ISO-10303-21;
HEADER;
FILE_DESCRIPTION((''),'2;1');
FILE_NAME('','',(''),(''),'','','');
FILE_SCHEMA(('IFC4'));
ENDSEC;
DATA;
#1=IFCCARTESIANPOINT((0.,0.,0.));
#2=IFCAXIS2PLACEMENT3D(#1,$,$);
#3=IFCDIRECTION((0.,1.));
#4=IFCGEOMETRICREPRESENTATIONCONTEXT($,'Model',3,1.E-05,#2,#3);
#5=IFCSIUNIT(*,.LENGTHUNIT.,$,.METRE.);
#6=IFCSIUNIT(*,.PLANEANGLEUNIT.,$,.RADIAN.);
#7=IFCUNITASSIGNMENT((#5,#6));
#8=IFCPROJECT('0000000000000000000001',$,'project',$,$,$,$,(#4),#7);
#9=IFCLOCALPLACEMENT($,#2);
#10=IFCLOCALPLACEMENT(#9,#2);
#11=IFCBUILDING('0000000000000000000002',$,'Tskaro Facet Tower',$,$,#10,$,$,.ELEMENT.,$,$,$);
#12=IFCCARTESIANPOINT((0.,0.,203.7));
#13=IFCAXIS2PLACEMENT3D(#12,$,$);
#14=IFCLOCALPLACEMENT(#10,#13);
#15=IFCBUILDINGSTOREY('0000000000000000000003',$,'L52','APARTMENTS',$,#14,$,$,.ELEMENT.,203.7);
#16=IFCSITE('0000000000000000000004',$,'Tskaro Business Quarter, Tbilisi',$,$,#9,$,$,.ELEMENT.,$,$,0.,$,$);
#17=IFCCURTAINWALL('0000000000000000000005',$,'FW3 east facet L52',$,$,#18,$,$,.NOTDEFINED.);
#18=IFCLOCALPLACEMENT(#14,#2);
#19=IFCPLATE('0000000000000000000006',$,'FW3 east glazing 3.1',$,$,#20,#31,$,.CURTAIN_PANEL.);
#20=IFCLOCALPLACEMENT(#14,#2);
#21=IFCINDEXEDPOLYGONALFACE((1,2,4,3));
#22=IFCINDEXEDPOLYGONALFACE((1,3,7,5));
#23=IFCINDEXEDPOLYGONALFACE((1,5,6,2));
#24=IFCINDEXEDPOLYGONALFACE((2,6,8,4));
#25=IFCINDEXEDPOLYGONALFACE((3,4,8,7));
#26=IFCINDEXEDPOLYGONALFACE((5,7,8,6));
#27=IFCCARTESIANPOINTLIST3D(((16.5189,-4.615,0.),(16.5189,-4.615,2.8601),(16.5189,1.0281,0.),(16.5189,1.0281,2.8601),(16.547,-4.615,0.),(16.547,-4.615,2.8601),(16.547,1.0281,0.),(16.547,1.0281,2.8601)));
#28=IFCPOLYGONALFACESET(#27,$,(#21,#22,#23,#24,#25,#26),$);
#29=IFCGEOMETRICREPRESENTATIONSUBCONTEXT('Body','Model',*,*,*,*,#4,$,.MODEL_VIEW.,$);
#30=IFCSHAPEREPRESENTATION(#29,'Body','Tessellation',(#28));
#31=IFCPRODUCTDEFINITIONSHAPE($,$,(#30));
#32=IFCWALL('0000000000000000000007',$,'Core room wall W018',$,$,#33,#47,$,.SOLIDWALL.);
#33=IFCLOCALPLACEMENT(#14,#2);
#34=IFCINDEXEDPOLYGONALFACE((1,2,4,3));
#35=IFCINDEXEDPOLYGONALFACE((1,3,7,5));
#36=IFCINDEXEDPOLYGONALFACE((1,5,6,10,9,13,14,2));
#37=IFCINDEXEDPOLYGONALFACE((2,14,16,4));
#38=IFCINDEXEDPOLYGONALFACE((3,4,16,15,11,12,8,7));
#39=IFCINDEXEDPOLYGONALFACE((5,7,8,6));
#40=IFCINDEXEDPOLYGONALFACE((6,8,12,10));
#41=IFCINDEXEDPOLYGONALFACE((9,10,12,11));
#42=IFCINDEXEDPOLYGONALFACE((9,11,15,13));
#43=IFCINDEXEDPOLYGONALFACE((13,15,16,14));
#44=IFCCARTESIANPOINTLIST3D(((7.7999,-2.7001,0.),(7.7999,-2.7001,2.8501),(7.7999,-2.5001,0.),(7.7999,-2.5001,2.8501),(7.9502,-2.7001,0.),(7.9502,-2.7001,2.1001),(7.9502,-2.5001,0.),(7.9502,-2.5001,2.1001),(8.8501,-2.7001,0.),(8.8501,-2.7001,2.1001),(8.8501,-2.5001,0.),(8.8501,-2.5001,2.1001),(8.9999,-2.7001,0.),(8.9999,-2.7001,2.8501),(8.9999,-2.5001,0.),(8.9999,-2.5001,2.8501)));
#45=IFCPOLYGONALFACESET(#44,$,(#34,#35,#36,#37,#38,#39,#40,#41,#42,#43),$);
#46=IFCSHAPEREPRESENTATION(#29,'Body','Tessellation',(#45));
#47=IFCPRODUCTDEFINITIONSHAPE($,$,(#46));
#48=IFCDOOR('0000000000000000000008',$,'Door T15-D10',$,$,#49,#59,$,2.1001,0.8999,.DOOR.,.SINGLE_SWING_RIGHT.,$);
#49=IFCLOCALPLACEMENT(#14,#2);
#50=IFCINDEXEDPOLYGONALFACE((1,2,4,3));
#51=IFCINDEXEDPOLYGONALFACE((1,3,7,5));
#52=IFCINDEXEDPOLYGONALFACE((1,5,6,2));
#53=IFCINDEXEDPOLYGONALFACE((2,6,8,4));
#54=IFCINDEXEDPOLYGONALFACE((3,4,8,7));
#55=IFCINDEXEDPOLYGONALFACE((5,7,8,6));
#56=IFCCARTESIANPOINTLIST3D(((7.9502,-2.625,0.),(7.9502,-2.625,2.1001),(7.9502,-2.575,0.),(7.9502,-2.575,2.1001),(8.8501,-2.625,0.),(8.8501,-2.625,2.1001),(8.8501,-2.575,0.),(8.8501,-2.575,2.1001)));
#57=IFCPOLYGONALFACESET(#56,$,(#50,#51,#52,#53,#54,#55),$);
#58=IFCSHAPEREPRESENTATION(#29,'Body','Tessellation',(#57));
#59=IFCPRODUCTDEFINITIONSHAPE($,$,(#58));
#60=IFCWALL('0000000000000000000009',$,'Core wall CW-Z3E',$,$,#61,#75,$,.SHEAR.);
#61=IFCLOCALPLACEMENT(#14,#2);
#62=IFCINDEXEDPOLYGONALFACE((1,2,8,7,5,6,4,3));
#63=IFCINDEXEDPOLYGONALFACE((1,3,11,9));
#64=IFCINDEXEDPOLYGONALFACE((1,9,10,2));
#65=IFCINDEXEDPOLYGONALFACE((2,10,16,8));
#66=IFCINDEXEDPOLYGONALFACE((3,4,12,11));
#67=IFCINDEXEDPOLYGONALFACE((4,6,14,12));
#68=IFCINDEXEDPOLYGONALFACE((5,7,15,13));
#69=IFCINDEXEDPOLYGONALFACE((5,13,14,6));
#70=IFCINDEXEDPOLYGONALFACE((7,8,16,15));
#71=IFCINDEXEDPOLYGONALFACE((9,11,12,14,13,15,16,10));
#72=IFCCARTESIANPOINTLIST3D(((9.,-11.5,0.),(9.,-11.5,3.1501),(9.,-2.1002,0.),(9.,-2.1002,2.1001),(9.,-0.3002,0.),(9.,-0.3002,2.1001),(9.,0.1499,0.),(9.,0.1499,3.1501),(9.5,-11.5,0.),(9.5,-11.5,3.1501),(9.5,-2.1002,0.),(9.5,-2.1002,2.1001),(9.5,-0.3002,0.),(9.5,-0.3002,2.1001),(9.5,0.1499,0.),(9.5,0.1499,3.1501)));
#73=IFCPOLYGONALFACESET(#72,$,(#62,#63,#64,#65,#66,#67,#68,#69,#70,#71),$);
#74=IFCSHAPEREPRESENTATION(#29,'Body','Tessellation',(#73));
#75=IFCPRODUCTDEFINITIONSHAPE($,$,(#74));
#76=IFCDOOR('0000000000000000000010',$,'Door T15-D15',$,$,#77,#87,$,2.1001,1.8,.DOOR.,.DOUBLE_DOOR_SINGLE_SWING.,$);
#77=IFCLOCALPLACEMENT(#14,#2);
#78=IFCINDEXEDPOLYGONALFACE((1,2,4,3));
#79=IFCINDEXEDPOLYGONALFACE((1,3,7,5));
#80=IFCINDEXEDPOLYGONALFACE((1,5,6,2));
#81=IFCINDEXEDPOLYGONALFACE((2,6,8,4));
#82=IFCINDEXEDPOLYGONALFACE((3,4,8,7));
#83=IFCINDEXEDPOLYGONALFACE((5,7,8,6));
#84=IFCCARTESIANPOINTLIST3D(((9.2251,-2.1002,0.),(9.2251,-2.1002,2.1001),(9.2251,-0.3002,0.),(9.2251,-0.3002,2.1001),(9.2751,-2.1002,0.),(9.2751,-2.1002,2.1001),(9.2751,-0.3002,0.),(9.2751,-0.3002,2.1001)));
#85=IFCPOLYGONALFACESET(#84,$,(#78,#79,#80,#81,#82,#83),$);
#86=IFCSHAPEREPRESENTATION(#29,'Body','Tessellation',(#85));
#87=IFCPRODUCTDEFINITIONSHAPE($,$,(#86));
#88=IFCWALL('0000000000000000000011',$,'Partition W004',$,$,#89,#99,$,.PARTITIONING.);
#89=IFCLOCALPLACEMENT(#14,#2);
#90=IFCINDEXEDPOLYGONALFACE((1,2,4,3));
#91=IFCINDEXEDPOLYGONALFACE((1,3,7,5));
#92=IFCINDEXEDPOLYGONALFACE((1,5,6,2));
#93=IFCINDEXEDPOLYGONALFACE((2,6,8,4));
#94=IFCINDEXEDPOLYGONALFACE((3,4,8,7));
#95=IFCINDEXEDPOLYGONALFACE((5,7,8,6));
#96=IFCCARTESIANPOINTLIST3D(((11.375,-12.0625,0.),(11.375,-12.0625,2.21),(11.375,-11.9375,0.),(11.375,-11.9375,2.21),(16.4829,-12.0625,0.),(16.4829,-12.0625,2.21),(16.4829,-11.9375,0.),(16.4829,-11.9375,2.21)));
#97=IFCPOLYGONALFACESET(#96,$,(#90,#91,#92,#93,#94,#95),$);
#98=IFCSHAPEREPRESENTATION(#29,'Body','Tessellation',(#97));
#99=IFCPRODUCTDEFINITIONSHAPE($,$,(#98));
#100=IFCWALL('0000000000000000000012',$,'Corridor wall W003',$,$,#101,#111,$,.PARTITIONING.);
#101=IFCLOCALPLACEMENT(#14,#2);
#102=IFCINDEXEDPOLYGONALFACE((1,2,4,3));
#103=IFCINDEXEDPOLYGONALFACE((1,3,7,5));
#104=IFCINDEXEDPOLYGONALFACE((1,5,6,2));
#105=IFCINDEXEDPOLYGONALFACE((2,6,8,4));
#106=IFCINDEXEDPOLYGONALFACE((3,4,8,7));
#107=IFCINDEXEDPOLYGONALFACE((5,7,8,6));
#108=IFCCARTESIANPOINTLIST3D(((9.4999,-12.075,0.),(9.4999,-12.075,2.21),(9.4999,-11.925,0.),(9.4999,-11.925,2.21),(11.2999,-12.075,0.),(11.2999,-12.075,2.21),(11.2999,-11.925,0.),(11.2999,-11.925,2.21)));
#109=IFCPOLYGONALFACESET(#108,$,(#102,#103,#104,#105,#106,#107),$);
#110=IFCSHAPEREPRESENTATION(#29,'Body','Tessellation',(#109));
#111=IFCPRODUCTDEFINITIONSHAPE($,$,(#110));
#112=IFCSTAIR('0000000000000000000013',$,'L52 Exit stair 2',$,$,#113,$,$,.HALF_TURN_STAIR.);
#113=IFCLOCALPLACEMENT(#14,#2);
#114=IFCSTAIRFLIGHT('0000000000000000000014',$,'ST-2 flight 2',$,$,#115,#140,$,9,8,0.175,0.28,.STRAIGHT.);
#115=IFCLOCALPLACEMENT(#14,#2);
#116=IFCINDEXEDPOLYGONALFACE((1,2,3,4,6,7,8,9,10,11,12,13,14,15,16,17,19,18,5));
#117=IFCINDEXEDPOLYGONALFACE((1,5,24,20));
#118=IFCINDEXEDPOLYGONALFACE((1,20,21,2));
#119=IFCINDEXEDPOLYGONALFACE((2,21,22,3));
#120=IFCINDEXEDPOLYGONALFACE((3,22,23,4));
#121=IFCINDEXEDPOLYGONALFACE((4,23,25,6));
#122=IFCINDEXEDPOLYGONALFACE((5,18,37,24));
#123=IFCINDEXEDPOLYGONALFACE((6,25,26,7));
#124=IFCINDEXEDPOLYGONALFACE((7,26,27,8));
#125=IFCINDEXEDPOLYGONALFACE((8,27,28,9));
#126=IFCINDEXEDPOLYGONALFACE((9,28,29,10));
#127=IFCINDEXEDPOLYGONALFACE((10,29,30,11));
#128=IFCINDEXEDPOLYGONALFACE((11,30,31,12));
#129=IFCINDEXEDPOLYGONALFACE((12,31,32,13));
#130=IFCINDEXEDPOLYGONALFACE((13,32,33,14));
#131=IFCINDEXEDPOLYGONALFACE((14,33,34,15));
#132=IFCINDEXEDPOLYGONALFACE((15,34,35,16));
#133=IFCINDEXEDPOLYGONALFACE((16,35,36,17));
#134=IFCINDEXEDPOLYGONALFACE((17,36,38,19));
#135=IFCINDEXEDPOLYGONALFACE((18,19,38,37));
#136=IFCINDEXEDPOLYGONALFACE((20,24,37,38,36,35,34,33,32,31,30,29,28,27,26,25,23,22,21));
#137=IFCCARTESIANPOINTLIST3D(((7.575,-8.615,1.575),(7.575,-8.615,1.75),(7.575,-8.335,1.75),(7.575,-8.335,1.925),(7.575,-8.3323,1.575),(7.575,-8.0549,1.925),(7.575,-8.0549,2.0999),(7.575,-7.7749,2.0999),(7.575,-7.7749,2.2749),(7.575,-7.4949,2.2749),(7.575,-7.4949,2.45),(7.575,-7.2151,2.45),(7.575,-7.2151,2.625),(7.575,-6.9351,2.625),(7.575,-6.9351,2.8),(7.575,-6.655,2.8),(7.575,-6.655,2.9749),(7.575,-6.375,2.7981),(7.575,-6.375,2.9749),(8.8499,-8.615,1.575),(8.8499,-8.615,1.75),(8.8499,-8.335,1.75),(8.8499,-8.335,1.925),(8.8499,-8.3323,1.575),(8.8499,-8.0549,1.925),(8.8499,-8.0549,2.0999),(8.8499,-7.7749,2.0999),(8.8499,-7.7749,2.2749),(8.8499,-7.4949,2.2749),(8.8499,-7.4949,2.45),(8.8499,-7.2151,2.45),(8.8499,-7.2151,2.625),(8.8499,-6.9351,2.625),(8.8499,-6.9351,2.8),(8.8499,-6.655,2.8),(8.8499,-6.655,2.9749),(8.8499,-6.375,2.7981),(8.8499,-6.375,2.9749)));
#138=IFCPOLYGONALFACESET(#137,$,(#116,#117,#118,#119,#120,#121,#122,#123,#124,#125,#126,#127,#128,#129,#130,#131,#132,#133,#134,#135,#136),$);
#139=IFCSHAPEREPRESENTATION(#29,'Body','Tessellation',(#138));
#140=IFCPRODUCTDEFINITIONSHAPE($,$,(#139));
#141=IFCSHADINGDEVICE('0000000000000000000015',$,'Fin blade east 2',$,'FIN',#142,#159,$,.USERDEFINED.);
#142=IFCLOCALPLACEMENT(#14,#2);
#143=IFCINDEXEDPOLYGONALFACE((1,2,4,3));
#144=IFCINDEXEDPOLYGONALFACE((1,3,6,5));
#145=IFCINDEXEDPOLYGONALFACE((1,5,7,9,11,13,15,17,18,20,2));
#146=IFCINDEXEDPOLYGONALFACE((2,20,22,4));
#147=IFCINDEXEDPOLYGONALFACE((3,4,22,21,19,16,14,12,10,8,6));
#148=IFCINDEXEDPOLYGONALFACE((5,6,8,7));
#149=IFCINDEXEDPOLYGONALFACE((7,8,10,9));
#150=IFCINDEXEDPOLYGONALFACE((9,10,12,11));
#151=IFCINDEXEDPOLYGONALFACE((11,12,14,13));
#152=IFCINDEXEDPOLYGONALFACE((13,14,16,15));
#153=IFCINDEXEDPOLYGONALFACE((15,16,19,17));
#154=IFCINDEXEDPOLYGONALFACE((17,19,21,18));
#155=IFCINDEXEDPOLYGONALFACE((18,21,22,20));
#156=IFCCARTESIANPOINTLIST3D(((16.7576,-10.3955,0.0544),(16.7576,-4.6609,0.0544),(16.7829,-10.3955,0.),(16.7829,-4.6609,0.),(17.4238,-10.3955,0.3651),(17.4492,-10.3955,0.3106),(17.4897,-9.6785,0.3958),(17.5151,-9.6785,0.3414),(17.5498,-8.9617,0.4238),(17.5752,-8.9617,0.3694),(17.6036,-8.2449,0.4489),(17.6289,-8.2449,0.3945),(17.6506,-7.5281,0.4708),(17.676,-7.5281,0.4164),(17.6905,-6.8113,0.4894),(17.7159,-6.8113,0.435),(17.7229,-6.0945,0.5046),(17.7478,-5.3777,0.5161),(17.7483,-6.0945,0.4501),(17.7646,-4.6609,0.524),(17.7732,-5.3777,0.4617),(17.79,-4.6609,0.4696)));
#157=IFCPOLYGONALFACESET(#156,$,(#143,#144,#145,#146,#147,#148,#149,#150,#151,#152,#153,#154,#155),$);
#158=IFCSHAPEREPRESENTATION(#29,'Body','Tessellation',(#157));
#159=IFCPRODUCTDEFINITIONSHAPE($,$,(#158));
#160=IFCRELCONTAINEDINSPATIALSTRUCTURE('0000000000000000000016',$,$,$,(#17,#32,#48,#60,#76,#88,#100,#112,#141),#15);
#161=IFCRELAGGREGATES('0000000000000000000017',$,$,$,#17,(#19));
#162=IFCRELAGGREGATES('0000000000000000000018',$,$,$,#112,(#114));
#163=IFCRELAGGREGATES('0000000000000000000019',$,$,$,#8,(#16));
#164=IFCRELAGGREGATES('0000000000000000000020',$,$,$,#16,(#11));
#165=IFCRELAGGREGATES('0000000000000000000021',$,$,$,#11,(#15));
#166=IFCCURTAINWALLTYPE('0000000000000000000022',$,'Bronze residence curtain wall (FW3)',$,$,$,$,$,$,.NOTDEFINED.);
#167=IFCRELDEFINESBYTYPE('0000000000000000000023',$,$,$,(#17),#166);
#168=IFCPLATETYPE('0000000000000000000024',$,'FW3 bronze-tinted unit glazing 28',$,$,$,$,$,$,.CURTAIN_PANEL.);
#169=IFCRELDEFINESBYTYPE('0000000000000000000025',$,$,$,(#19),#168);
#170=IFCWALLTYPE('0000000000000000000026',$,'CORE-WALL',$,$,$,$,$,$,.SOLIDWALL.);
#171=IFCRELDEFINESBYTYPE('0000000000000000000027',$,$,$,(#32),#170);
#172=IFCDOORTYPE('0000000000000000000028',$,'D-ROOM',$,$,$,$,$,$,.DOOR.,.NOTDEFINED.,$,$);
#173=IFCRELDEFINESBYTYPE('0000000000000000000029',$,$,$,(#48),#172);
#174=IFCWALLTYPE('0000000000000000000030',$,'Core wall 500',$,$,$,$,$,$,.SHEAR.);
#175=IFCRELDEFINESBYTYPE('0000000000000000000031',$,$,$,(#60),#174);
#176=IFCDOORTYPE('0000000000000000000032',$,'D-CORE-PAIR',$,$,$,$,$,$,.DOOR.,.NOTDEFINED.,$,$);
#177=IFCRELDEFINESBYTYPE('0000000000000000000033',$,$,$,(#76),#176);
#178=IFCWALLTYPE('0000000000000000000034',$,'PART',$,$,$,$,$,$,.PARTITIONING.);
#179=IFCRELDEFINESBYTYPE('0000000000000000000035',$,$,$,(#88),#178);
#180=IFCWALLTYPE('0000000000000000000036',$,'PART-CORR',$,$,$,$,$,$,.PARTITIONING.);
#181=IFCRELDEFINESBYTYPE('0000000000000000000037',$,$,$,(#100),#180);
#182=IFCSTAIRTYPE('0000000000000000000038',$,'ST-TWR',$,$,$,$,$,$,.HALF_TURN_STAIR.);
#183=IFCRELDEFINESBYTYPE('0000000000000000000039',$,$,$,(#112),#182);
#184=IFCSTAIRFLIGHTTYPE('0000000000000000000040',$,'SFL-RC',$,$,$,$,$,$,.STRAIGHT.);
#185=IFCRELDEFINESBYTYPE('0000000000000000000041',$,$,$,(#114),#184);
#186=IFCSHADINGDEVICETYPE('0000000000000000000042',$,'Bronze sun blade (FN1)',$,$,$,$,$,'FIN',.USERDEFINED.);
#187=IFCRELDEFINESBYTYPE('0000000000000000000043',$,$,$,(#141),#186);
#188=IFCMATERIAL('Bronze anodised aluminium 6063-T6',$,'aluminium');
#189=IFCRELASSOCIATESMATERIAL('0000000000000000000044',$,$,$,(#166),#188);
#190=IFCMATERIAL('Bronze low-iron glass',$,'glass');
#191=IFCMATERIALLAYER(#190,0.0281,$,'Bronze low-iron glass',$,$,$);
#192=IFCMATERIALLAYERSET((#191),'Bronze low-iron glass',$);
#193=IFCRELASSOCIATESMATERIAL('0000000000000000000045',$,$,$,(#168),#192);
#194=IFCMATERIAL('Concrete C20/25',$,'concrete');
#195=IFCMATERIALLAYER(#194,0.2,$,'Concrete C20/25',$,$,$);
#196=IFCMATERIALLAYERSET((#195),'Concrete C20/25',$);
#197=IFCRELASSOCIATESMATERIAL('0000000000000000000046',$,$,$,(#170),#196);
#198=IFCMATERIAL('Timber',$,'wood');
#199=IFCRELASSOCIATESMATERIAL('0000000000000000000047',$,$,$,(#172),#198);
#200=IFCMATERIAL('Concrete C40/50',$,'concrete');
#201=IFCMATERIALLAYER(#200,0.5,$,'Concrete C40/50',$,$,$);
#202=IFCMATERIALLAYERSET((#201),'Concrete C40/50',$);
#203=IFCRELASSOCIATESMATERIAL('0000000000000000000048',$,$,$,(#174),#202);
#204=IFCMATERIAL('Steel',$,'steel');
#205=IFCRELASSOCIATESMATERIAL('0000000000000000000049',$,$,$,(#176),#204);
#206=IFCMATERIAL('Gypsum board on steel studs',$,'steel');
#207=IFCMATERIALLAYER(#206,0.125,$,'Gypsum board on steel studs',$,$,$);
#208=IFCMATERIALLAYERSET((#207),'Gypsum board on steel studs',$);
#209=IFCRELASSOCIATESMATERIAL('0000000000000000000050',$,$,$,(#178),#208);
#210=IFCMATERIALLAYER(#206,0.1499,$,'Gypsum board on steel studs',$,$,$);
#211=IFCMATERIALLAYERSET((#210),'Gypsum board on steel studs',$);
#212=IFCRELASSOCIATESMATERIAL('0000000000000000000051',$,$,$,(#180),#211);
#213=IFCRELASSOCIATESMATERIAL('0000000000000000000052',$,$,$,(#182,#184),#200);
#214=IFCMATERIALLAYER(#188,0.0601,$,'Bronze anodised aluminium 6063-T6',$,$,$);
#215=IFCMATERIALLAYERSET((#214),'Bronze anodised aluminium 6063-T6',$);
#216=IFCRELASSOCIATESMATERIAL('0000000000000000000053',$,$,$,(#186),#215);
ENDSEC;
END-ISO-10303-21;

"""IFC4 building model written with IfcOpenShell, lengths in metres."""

from ifc_helpers import new_model, si_unit, direction, frame, frame_2d, origin, origin_2d, place, context, subcontext, project, spatial, polyline, rectangle, outline, extrude, material, layer, layer_set, type_object, element, fill, aggregate, save


model = new_model("IFC4")

# Units and contexts
model_context = context("Model", 3, precision=1e-05, world=origin(), true_north=direction((0.0, 1.0)))
body_context = subcontext(model_context, "Body", "Model", "MODEL_VIEW")
ifc_project = project(units=[si_unit("LENGTHUNIT", "METRE"), si_unit("PLANEANGLEUNIT", "RADIAN")], contexts=[model_context])

# Site, building, storey
site_placement = place(None, origin())
site = spatial("IfcSite", under=ifc_project, at=site_placement, Name="Tskaro Business Quarter, Tbilisi", CompositionType="ELEMENT", RefElevation=0.0)
building_placement = place(site_placement, origin())
building = spatial("IfcBuilding", under=site, at=building_placement, Name="Tskaro Facet Tower", CompositionType="ELEMENT")
storey_placement = place(building_placement, frame((0.0, 0.0, 203.7)))
storey = spatial("IfcBuildingStorey", under=building, at=storey_placement, Name="L52", Description="APARTMENTS", CompositionType="ELEMENT", Elevation=203.7)

# Curtain wall
ifc_material_1 = material(Name="Bronze anodised aluminium 6063-T6", Category="aluminium")
curtain_wall_type = type_object("IfcCurtainWallType", Name="Bronze residence curtain wall (FW3)", PredefinedType="NOTDEFINED", material=ifc_material_1)
curtain_wall_placement = place(storey_placement, origin())
curtain_wall = element("IfcCurtainWall", 1, at=curtain_wall_placement, inside=storey, type_object=curtain_wall_type, Name="FW3 east facet L52", PredefinedType="NOTDEFINED")

# Plate
ifc_material_2 = material(Name="Bronze low-iron glass", Category="glass")
ifc_layer_1 = layer(ifc_material_2, 0.0281, Name="Bronze low-iron glass")
ifc_layer_set_1 = layer_set([ifc_layer_1], Name="Bronze low-iron glass")
plate_type = type_object("IfcPlateType", Name="FW3 bronze-tinted unit glazing 28", PredefinedType="CURTAIN_PANEL", material=ifc_layer_set_1)
plate_1_placement = place(storey_placement, frame((16.533, -1.7935, 0.0), z_axis=(0.0, 0.0, 1.0), x_axis=(0.0, 1.0, 0.0)))
plate_1 = element("IfcPlate", 2, at=plate_1_placement, type_object=plate_type, Name="FW3 east glazing 3.1", PredefinedType="CURTAIN_PANEL", context=body_context, shape_type="SweptSolid", body=[
    extrude(rectangle(XDim=5.6431, YDim=0.0281, at=origin_2d()), origin(), (0.0, 0.0, 1.0), 2.8601),
])
aggregate(curtain_wall, [plate_1])

# Walls, openings, doors
ifc_material_3 = material(Name="Concrete C20/25", Category="concrete")
ifc_layer_2 = layer(ifc_material_3, 0.2, Name="Concrete C20/25")
ifc_layer_set_2 = layer_set([ifc_layer_2], Name="Concrete C20/25")
wall_type_1 = type_object("IfcWallType", Name="CORE-WALL", PredefinedType="SOLIDWALL", material=ifc_layer_set_2)
wall_1_placement = place(storey_placement, frame((9.0, -2.6001, 0.0), z_axis=(0.0, 0.0, 1.0), x_axis=(-1.0, 0.0, 0.0)))
wall_1 = element("IfcWall", 3, at=wall_1_placement, inside=storey, type_object=wall_type_1, Name="Core room wall W018", PredefinedType="SOLIDWALL", context=body_context, shape_type="SweptSolid", body=[
    extrude(rectangle(XDim=1.2, YDim=0.2, at=frame_2d((0.6001, 0.0))), origin(), (0.0, 0.0, 1.0), 2.8501),
])
opening_1_placement = place(wall_1_placement, frame((0.1499, 0.0, 0.0)))
opening_1 = element("IfcOpeningElement", 4, at=opening_1_placement, cuts=wall_1, PredefinedType="OPENING", context=body_context, shape_type="SweptSolid", body=[
    extrude(rectangle(XDim=0.8999, YDim=2.1001, at=frame_2d((0.45, 1.05))), frame((0.0, 0.1099, 0.0), z_axis=(0.0, -1.0, 0.0), x_axis=(1.0, 0.0, 0.0)), (0.0, 0.0, 1.0), 0.22),
])
ifc_material_4 = material(Name="Timber", Category="wood")
door_type_1 = type_object("IfcDoorType", Name="D-ROOM", OperationType="NOTDEFINED", PredefinedType="DOOR", material=ifc_material_4)
door_1_placement = place(opening_1_placement, origin())
door_1 = element("IfcDoor", 5, at=door_1_placement, inside=storey, type_object=door_type_1, Name="Door T15-D10", OperationType="SINGLE_SWING_RIGHT", OverallHeight=2.1001, OverallWidth=0.8999, PredefinedType="DOOR", context=body_context, shape_type="SweptSolid", body=[
    extrude(rectangle(XDim=0.8999, YDim=2.1001, at=frame_2d((0.45, 1.05))), frame((0.0, 0.0249, 0.0), z_axis=(0.0, -1.0, 0.0), x_axis=(1.0, 0.0, 0.0)), (0.0, 0.0, 1.0), 0.05),
])
fill(opening_1, door_1)
ifc_material_5 = material(Name="Concrete C40/50", Category="concrete")
ifc_layer_3 = layer(ifc_material_5, 0.5, Name="Concrete C40/50")
ifc_layer_set_3 = layer_set([ifc_layer_3], Name="Concrete C40/50")
wall_type_2 = type_object("IfcWallType", Name="Core wall 500", PredefinedType="SHEAR", material=ifc_layer_set_3)
wall_2_placement = place(storey_placement, frame((9.25, -11.5, 0.0), z_axis=(0.0, 0.0, 1.0), x_axis=(0.0, 1.0, 0.0)))
wall_2 = element("IfcWall", 6, at=wall_2_placement, inside=storey, type_object=wall_type_2, Name="Core wall CW-Z3E", PredefinedType="SHEAR", context=body_context, shape_type="SweptSolid", body=[
    extrude(rectangle(XDim=11.6499, YDim=0.5, at=frame_2d((5.825, 0.0))), origin(), (0.0, 0.0, 1.0), 3.1501),
])
opening_2_placement = place(wall_2_placement, frame((9.3999, 0.0, 0.0)))
opening_2 = element("IfcOpeningElement", 7, at=opening_2_placement, cuts=wall_2, PredefinedType="OPENING", context=body_context, shape_type="SweptSolid", body=[
    extrude(rectangle(XDim=1.8, YDim=2.1001, at=frame_2d((0.8999, 1.05))), frame((0.0, 0.26, 0.0), z_axis=(0.0, -1.0, 0.0), x_axis=(1.0, 0.0, 0.0)), (0.0, 0.0, 1.0), 0.52),
])
ifc_material_6 = material(Name="Steel", Category="steel")
door_type_2 = type_object("IfcDoorType", Name="D-CORE-PAIR", OperationType="NOTDEFINED", PredefinedType="DOOR", material=ifc_material_6)
door_2_placement = place(opening_2_placement, origin())
door_2 = element("IfcDoor", 8, at=door_2_placement, inside=storey, type_object=door_type_2, Name="Door T15-D15", OperationType="DOUBLE_DOOR_SINGLE_SWING", OverallHeight=2.1001, OverallWidth=1.8, PredefinedType="DOOR", context=body_context, shape_type="SweptSolid", body=[
    extrude(rectangle(XDim=1.8, YDim=2.1001, at=frame_2d((0.8999, 1.05))), frame((0.0, 0.0249, 0.0), z_axis=(0.0, -1.0, 0.0), x_axis=(1.0, 0.0, 0.0)), (0.0, 0.0, 1.0), 0.05),
])
fill(opening_2, door_2)

# Walls
ifc_material_7 = material(Name="Gypsum board on steel studs", Category="steel")
ifc_layer_4 = layer(ifc_material_7, 0.125, Name="Gypsum board on steel studs")
ifc_layer_set_4 = layer_set([ifc_layer_4], Name="Gypsum board on steel studs")
wall_type_3 = type_object("IfcWallType", Name="PART", PredefinedType="PARTITIONING", material=ifc_layer_set_4)
wall_3_placement = place(storey_placement, frame((11.375, -12.0, 0.0), z_axis=(0.0, 0.0, 1.0), x_axis=(1.0, 0.0, 0.0)))
element("IfcWall", 9, at=wall_3_placement, inside=storey, type_object=wall_type_3, Name="Partition W004", PredefinedType="PARTITIONING", context=body_context, shape_type="SweptSolid", body=[
    extrude(rectangle(XDim=5.1079, YDim=0.125, at=frame_2d((2.554, 0.0))), origin(), (0.0, 0.0, 1.0), 2.21),
])
ifc_layer_5 = layer(ifc_material_7, 0.1499, Name="Gypsum board on steel studs")
ifc_layer_set_5 = layer_set([ifc_layer_5], Name="Gypsum board on steel studs")
wall_type_4 = type_object("IfcWallType", Name="PART-CORR", PredefinedType="PARTITIONING", material=ifc_layer_set_5)
wall_4_placement = place(storey_placement, frame((9.5, -12.0, 0.0), z_axis=(0.0, 0.0, 1.0), x_axis=(1.0, 0.0, 0.0)))
element("IfcWall", 10, at=wall_4_placement, inside=storey, type_object=wall_type_4, Name="Corridor wall W003", PredefinedType="PARTITIONING", context=body_context, shape_type="SweptSolid", body=[
    extrude(rectangle(XDim=1.8, YDim=0.1499, at=frame_2d((0.8999, 0.0))), origin(), (0.0, 0.0, 1.0), 2.21),
])

# Stair, stair flight
stair_type = type_object("IfcStairType", Name="ST-TWR", PredefinedType="HALF_TURN_STAIR", material=ifc_material_5)
stair_placement = place(storey_placement, origin())
stair = element("IfcStair", 11, at=stair_placement, inside=storey, type_object=stair_type, Name="L52 Exit stair 2", PredefinedType="HALF_TURN_STAIR")
stair_flight_type = type_object("IfcStairFlightType", Name="SFL-RC", PredefinedType="STRAIGHT", material=ifc_material_5)
stair_flight_placement = place(storey_placement, frame((8.2124, -8.615, 1.575), z_axis=(0.0, 0.0, 1.0), x_axis=(0.0, 1.0, 0.0)))
stair_flight = element("IfcStairFlight", 12, at=stair_flight_placement, type_object=stair_flight_type, Name="ST-2 flight 2", NumberOfRisers=9, NumberOfTreads=8, PredefinedType="STRAIGHT", RiserHeight=0.175, TreadLength=0.28, context=body_context, shape_type="SweptSolid", body=[
    extrude(outline(polyline([(0.0, 0.0), (0.0, 0.175), (0.28, 0.175), (0.28, 0.3501), (0.5601, 0.3501), (0.5601, 0.5249), (0.8401, 0.5249), (0.8401, 0.7), (1.1201, 0.7), (1.1201, 0.875), (1.3999, 0.875), (1.3999, 1.05), (1.6799, 1.05), (1.6799, 1.2251), (1.96, 1.2251), (1.96, 1.3999), (2.24, 1.3999), (2.24, 1.575), (2.24, 1.2231), (0.2827, 0.0), (0.0, 0.0)])), frame((0.0, 0.6375, 0.0), z_axis=(0.0, -1.0, 0.0), x_axis=(1.0, 0.0, 0.0)), (0.0, 0.0, 1.0), 1.2749),
])
aggregate(stair, [stair_flight])

# Shading device
ifc_layer_6 = layer(ifc_material_1, 0.0601, Name="Bronze anodised aluminium 6063-T6")
ifc_layer_set_6 = layer_set([ifc_layer_6], Name="Bronze anodised aluminium 6063-T6")
shading_device_type = type_object("IfcShadingDeviceType", Name="Bronze sun blade (FN1)", ElementType="FIN", PredefinedType="USERDEFINED", material=ifc_layer_set_6)
shading_device_1_placement = place(storey_placement, frame((16.7576, -10.3955, 0.0544), z_axis=(-0.422578, 0.0, 0.906327), x_axis=(0.0, 1.0, 0.0)))
element("IfcShadingDevice", 13, at=shading_device_1_placement, inside=storey, type_object=shading_device_type, Name="Fin blade east 2", ObjectType="FIN", PredefinedType="USERDEFINED", context=body_context, shape_type="SweptSolid", body=[
    extrude(outline(polyline([(0.0, 0.0), (5.7346, 0.0), (5.7346, -1.1111), (5.0178, -1.0926), (4.301, -1.0651), (3.5842, -1.0293), (2.8674, -0.9853), (2.1506, -0.9334), (1.4338, -0.8741), (0.717, -0.8078), (0.0, -0.7351), (0.0, 0.0)])), origin(), (0.0, 0.0, -1.0), 0.0601),
])

save(model, "model.ifc")
